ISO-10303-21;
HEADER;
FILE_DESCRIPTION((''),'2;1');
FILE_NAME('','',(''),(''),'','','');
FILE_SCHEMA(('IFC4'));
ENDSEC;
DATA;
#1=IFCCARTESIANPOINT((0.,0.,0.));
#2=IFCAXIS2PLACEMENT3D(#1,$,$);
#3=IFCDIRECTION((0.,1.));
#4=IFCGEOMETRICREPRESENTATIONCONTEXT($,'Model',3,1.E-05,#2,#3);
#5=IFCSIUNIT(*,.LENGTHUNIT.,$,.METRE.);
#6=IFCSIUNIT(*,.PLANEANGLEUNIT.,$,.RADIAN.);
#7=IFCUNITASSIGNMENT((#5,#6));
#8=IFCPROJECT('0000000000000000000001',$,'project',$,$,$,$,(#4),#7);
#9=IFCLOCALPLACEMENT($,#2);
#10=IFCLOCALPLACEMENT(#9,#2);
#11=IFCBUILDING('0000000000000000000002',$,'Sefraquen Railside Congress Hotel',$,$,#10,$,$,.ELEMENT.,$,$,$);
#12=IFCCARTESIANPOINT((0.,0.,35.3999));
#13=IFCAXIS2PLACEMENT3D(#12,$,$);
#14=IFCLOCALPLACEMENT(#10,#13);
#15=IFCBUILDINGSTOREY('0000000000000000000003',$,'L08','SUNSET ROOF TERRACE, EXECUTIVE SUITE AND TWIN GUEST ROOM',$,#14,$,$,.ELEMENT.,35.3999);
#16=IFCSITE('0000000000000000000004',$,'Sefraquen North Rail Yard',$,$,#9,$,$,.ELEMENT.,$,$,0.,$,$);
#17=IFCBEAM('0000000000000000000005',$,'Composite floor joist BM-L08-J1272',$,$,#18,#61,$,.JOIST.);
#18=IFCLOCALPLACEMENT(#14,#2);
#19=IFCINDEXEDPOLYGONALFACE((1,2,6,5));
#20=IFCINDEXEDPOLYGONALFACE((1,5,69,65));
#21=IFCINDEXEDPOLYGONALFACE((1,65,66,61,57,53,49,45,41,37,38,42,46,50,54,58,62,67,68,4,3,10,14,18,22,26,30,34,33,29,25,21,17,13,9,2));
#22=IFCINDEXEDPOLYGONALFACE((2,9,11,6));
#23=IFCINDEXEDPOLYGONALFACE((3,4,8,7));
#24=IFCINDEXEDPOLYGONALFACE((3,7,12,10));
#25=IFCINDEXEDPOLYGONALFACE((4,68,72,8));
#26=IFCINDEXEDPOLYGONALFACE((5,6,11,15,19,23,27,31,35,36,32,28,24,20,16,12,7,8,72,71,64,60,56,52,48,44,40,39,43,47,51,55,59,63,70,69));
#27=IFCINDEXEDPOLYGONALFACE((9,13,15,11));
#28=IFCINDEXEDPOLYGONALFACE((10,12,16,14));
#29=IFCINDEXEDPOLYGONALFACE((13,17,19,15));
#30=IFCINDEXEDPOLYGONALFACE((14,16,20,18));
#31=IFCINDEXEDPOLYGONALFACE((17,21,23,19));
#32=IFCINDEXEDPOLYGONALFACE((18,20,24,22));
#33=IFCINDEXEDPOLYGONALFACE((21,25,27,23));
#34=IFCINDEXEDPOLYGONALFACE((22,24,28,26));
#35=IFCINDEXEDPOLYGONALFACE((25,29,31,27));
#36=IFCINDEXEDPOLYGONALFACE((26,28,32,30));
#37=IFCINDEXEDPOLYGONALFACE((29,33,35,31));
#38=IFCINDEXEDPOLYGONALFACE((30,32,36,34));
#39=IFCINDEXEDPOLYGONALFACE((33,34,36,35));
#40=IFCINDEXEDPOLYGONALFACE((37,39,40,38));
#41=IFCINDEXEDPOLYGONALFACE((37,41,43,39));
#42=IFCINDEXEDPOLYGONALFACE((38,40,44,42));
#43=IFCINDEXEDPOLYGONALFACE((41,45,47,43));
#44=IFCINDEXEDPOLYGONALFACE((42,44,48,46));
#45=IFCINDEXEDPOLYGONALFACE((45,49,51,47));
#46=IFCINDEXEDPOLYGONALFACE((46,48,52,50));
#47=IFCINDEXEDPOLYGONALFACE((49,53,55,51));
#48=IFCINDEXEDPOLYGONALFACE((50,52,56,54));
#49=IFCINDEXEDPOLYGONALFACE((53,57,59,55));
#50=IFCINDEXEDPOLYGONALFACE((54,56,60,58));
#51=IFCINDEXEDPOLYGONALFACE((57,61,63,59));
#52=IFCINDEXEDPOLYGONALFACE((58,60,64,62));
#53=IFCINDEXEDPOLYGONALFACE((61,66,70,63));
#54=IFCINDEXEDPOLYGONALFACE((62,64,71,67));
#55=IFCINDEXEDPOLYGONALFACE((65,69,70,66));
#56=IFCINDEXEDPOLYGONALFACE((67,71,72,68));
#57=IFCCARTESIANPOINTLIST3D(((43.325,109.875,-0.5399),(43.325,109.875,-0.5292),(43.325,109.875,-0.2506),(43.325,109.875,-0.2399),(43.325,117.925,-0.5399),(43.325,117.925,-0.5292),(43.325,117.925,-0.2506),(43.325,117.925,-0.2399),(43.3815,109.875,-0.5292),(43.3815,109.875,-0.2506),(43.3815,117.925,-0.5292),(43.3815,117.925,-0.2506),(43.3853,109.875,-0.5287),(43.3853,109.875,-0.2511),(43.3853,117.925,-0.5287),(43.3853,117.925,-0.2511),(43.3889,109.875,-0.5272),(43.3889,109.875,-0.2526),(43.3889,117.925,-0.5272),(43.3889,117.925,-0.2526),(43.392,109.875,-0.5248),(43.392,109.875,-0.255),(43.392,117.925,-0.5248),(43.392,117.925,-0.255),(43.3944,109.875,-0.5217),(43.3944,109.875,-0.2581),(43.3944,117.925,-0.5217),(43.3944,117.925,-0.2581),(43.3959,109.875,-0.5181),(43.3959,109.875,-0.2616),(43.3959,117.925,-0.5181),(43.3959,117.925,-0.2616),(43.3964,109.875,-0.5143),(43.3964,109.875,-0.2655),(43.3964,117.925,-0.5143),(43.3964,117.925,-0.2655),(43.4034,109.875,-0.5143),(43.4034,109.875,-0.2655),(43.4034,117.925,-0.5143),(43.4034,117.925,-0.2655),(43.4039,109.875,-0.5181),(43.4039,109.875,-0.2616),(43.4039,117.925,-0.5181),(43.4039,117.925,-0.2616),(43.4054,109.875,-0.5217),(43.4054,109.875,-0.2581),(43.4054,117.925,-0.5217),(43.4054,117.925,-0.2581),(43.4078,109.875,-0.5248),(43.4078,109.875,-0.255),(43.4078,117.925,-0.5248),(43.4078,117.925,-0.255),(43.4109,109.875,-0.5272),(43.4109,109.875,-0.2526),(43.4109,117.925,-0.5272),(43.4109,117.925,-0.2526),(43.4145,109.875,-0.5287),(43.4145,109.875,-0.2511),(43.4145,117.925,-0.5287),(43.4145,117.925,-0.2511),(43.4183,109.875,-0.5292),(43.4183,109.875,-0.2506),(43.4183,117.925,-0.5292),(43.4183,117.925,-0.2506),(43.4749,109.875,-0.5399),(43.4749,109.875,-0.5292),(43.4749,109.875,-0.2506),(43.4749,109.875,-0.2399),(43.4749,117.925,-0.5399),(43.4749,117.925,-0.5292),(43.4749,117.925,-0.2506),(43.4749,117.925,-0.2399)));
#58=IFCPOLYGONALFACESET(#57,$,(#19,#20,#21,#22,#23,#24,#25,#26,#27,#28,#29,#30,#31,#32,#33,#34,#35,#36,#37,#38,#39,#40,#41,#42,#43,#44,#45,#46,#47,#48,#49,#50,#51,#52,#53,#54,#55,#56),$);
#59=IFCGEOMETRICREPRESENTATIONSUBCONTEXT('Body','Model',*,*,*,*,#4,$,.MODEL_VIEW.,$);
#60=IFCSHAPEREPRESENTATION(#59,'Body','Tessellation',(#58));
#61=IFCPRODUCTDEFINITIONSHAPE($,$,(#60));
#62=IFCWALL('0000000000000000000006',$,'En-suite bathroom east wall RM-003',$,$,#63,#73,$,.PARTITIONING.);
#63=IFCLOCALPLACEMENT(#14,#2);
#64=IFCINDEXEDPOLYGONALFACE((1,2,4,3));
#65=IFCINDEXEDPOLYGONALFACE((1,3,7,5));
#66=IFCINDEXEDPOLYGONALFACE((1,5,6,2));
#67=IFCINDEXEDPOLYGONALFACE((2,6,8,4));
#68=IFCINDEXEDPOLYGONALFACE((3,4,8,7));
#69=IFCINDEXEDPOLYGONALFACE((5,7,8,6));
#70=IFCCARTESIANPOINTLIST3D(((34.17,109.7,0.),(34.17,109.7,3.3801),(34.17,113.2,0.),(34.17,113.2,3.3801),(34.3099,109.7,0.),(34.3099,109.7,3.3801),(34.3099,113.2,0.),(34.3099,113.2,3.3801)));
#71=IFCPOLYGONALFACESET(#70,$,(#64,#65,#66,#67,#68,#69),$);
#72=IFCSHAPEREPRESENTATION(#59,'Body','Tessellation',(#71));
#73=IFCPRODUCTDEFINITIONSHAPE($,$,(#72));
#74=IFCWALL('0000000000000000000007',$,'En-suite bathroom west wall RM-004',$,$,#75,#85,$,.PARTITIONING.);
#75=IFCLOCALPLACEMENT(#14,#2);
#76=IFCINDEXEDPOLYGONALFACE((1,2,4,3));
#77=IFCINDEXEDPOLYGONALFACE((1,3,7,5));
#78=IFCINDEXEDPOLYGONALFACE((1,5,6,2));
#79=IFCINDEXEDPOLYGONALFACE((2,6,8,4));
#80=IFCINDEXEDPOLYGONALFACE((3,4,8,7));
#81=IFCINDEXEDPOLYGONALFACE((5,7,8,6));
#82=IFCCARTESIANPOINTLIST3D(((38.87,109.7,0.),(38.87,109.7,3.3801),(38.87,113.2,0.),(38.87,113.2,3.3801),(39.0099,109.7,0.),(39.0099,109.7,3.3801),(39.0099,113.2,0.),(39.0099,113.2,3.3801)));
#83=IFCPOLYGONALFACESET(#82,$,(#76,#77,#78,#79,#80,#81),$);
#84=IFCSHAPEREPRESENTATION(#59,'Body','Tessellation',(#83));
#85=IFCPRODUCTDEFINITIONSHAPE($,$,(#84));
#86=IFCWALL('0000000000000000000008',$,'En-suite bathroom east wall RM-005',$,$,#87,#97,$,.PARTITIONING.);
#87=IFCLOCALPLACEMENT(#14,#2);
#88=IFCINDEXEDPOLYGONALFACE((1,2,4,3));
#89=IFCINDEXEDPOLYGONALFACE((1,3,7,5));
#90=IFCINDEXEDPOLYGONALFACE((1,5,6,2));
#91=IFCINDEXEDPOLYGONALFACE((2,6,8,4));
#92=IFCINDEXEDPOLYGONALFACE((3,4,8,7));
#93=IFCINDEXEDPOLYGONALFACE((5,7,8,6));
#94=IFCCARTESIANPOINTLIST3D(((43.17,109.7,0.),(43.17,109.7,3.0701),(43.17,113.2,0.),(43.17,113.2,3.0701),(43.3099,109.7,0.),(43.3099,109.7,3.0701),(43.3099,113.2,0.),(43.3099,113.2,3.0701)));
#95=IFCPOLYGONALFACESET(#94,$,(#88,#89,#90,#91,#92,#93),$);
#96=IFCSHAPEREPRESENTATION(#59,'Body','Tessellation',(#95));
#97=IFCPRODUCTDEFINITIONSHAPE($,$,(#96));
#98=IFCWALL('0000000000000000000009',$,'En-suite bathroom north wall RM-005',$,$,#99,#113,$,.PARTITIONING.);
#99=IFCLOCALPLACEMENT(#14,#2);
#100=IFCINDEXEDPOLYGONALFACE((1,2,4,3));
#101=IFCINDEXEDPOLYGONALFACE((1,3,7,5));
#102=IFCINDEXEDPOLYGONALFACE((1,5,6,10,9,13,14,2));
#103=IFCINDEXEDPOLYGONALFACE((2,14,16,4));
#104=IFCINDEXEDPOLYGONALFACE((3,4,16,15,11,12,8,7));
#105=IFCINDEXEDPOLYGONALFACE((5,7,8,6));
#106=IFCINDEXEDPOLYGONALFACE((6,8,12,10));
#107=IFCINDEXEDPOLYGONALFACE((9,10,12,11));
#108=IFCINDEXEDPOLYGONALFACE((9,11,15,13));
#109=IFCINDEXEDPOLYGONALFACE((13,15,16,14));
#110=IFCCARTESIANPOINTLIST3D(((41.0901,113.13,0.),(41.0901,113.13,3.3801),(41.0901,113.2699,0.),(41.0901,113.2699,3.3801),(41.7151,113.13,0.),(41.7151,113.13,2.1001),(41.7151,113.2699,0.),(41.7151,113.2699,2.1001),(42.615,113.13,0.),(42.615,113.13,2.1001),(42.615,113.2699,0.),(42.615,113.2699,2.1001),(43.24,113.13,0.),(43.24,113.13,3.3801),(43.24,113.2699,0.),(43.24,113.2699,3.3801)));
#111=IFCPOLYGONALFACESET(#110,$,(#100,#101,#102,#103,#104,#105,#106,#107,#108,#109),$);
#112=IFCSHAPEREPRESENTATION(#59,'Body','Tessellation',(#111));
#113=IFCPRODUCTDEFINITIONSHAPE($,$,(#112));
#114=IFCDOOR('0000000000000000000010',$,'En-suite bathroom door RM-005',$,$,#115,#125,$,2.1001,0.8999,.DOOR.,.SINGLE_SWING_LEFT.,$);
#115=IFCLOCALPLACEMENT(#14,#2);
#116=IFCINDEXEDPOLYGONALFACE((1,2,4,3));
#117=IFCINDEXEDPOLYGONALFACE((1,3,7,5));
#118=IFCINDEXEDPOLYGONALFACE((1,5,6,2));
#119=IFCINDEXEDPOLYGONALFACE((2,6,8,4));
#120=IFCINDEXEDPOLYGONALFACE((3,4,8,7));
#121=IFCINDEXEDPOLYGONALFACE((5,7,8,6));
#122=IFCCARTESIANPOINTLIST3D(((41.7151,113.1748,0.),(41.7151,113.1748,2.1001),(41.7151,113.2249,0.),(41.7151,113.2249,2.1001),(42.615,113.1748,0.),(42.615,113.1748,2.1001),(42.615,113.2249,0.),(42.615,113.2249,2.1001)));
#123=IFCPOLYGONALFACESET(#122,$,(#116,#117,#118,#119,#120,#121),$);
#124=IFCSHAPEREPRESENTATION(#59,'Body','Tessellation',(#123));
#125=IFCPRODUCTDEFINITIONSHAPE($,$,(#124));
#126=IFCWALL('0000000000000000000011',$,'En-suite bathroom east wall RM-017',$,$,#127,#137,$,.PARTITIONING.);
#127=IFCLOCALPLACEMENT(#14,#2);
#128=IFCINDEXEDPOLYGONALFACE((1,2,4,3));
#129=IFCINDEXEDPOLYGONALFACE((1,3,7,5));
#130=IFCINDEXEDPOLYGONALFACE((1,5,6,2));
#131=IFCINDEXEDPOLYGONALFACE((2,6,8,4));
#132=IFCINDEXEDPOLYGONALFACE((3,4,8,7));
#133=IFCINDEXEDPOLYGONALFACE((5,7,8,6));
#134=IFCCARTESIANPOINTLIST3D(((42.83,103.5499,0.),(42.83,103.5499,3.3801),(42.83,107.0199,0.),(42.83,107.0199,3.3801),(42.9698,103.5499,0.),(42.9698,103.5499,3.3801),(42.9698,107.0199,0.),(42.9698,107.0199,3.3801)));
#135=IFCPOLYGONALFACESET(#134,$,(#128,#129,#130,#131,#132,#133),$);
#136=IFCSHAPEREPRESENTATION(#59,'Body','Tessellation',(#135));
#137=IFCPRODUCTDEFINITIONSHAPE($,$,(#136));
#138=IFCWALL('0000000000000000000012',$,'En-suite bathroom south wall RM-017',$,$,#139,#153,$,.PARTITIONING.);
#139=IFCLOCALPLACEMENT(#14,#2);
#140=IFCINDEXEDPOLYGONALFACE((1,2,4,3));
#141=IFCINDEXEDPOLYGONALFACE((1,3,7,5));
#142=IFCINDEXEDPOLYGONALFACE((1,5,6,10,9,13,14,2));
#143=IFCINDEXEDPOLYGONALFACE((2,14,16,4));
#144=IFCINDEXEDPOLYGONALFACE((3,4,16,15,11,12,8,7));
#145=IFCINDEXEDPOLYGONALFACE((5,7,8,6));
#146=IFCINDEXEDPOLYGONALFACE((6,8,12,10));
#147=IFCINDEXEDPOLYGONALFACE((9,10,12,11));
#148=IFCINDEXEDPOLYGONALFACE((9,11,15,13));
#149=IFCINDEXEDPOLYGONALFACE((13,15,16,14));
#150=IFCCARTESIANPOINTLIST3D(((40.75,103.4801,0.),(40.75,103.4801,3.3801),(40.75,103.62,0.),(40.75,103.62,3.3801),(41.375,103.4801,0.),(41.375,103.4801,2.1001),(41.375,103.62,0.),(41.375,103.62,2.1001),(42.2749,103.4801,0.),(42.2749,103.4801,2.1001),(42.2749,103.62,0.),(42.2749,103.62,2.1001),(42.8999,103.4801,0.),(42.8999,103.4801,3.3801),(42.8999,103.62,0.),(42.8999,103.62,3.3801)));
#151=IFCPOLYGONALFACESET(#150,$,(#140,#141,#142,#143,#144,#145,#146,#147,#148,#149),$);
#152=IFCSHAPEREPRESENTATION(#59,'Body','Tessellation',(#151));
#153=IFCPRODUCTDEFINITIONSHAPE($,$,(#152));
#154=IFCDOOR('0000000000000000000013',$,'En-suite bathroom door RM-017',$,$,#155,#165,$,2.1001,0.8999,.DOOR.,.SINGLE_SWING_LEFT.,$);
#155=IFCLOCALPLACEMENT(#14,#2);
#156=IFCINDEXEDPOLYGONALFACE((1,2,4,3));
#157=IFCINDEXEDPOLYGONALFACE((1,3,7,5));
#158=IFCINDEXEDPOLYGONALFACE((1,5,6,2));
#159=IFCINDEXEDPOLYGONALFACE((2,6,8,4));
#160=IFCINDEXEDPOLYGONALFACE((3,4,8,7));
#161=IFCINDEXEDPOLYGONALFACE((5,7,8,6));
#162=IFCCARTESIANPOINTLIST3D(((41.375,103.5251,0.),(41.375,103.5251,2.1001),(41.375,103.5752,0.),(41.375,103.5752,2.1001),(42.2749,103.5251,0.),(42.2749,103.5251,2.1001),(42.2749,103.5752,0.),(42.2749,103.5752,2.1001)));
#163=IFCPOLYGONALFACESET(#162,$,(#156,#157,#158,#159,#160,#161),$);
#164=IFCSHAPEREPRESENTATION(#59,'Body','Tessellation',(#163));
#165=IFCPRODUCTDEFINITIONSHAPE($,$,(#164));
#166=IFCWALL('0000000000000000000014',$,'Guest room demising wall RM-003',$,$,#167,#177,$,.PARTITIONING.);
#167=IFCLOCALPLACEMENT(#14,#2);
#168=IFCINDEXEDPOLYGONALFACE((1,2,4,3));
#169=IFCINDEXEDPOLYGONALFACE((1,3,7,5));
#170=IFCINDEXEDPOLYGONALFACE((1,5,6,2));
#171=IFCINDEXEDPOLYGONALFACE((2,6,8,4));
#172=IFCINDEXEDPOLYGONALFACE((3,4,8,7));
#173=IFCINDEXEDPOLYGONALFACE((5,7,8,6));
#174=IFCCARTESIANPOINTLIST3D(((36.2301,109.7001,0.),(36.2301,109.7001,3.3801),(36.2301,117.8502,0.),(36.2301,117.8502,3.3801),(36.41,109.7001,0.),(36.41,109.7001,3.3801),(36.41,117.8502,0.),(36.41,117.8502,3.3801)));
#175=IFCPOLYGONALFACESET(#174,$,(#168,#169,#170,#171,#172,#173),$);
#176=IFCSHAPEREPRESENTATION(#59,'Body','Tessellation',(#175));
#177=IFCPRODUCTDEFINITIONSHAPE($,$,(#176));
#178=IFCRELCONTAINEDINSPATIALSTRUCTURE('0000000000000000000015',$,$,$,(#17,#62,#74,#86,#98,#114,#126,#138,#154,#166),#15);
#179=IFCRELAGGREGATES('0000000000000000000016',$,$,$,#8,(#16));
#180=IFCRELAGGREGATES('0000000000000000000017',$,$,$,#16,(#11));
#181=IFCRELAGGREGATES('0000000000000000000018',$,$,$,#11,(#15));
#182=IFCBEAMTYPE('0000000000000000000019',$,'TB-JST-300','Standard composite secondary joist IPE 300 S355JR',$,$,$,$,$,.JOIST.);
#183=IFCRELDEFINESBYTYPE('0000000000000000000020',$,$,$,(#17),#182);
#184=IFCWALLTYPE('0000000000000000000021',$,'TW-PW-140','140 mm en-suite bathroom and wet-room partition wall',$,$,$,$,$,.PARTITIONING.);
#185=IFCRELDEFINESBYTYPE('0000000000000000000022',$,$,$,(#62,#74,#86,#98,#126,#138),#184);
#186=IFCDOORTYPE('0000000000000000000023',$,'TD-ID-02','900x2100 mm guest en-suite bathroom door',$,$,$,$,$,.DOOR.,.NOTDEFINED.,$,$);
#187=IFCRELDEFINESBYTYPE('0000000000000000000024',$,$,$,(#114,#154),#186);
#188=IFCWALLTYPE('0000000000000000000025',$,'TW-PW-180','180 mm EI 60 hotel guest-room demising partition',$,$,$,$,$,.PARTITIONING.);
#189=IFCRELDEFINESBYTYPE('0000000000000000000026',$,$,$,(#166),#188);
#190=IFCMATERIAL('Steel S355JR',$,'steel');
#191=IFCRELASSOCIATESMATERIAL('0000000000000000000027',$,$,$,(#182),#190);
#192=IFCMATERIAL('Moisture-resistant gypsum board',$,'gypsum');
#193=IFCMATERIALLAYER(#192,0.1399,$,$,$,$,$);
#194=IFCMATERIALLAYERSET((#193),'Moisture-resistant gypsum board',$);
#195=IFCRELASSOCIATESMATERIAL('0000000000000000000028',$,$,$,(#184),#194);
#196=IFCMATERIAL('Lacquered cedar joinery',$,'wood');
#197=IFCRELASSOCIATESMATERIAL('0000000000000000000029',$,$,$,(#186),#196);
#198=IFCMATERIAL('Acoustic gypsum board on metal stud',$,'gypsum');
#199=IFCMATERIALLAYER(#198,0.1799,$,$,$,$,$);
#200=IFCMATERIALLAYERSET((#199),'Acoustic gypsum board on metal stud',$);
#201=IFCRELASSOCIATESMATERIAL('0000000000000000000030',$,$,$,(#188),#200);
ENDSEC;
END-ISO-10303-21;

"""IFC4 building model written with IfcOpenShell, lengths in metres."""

from ifc_helpers import new_model, si_unit, direction, frame, frame_2d, origin, origin_2d, place, context, subcontext, project, spatial, rectangle, i_section, extrude, material, layer, layer_set, material_profile, profile_set, type_object, element, fill, save


model = new_model("IFC4")

# Units and contexts
model_context = context("Model", 3, precision=1e-05, world=origin(), true_north=direction((0.0, 1.0)))
body_context = subcontext(model_context, "Body", "Model", "MODEL_VIEW")
ifc_project = project(units=[si_unit("LENGTHUNIT", "METRE"), si_unit("PLANEANGLEUNIT", "RADIAN")], contexts=[model_context])

# Site, building, storey
site_placement = place(None, origin())
site = spatial("IfcSite", under=ifc_project, at=site_placement, Name="Sefraquen North Rail Yard", CompositionType="ELEMENT", RefElevation=0.0)
building_placement = place(site_placement, origin())
building = spatial("IfcBuilding", under=site, at=building_placement, Name="Sefraquen Railside Congress Hotel", CompositionType="ELEMENT")
storey_placement = place(building_placement, frame((0.0, 0.0, 35.3999)))
storey = spatial("IfcBuildingStorey", under=building, at=storey_placement, Name="L08", Description="SUNSET ROOF TERRACE, EXECUTIVE SUITE AND TWIN GUEST ROOM", CompositionType="ELEMENT", Elevation=35.3999)

# Shared definitions
ifc_material_1 = material(Name="Steel S355JR", Category="steel")

# Beam
ifc_material_profile_1 = material_profile(ifc_material_1, i_section(OverallWidth=0.1499, OverallDepth=0.3, WebThickness=0.0071, FlangeThickness=0.0107, FilletRadius=0.0149, at=origin_2d()), Name="IPE 300")
ifc_profile_set_1 = profile_set([ifc_material_profile_1], Name="Steel S355JR")
beam_type_1 = type_object("IfcBeamType", Name="TB-JST-300", Description="Standard composite secondary joist IPE 300 S355JR", PredefinedType="JOIST", material=ifc_profile_set_1)
for number, where, z_axis, x_axis, name in (
    (1, (43.3999, 109.875, -0.3899), (0.0, 1.0, 0.0), (-1.0, 0.0, 0.0), "Composite floor joist BM-L08-J1272"),
):
    element("IfcBeam", number, at=place(storey_placement, frame(where, z_axis=z_axis, x_axis=x_axis)), inside=storey, type_object=beam_type_1, Name=name, PredefinedType="JOIST", context=body_context, shape_type="SweptSolid", body=[
        extrude(i_section(OverallWidth=0.1499, OverallDepth=0.3, WebThickness=0.0071, FlangeThickness=0.0107, FilletRadius=0.0149, at=origin_2d()), origin(), (0.0, 0.0, 1.0), 8.05),
    ])

# Walls
ifc_material_2 = material(Name="Moisture-resistant gypsum board", Category="gypsum")
ifc_layer_1 = layer(ifc_material_2, 0.1399)
ifc_layer_set_1 = layer_set([ifc_layer_1], Name="Moisture-resistant gypsum board")
wall_type_1 = type_object("IfcWallType", Name="TW-PW-140", Description="140 mm en-suite bathroom and wet-room partition wall", PredefinedType="PARTITIONING", material=ifc_layer_set_1)
for number, where, z_axis, x_axis, name in (
    (2, (34.24, 109.7, 0.0), (0.0, 0.0, 1.0), (0.0, 1.0, 0.0), "En-suite bathroom east wall RM-003"),
    (3, (38.9399, 109.7, 0.0), (0.0, 0.0, 1.0), (0.0, 1.0, 0.0), "En-suite bathroom west wall RM-004"),
):
    element("IfcWall", number, at=place(storey_placement, frame(where, z_axis=z_axis, x_axis=x_axis)), inside=storey, type_object=wall_type_1, Name=name, PredefinedType="PARTITIONING", context=body_context, shape_type="SweptSolid", body=[
        extrude(rectangle(XDim=3.5, YDim=0.1399, at=frame_2d((1.75, 0.0))), origin(), (0.0, 0.0, 1.0), 3.3801),
    ])

# Shared definitions
ifc_material_3 = material(Name="Lacquered cedar joinery", Category="wood")

# Wall
wall_1_placement = place(storey_placement, frame((43.24, 109.7, 0.0), z_axis=(0.0, 0.0, 1.0), x_axis=(0.0, 1.0, 0.0)))
element("IfcWall", 4, at=wall_1_placement, inside=storey, type_object=wall_type_1, Name="En-suite bathroom east wall RM-005", PredefinedType="PARTITIONING", context=body_context, shape_type="SweptSolid", body=[
    extrude(rectangle(XDim=3.5, YDim=0.1399, at=frame_2d((1.75, 0.0))), origin(), (0.0, 0.0, 1.0), 3.0701),
])

# Wall, opening, door
wall_2_placement = place(storey_placement, frame((41.0901, 113.2, 0.0), z_axis=(0.0, 0.0, 1.0), x_axis=(1.0, 0.0, 0.0)))
wall_2 = element("IfcWall", 5, at=wall_2_placement, inside=storey, type_object=wall_type_1, Name="En-suite bathroom north wall RM-005", PredefinedType="PARTITIONING", context=body_context, shape_type="SweptSolid", body=[
    extrude(rectangle(XDim=2.1499, YDim=0.1399, at=frame_2d((1.075, 0.0))), origin(), (0.0, 0.0, 1.0), 3.3801),
])
opening_1_placement = place(wall_2_placement, frame((0.625, 0.0, 0.0)))
opening_1 = element("IfcOpeningElement", 6, at=opening_1_placement, cuts=wall_2, PredefinedType="OPENING", context=body_context, shape_type="SweptSolid", body=[
    extrude(rectangle(XDim=0.8999, YDim=2.1001, at=frame_2d((0.45, 1.05))), frame((0.0, 0.0798, 0.0), z_axis=(0.0, -1.0, 0.0), x_axis=(1.0, 0.0, 0.0)), (0.0, 0.0, 1.0), 0.1599),
])
door_type_1 = type_object("IfcDoorType", Name="TD-ID-02", Description="900x2100 mm guest en-suite bathroom door", OperationType="NOTDEFINED", PredefinedType="DOOR", material=ifc_material_3)
door_1_placement = place(opening_1_placement, origin())
door_1 = element("IfcDoor", 7, at=door_1_placement, inside=storey, type_object=door_type_1, Name="En-suite bathroom door RM-005", OperationType="SINGLE_SWING_LEFT", OverallHeight=2.1001, OverallWidth=0.8999, PredefinedType="DOOR", context=body_context, shape_type="SweptSolid", body=[
    extrude(rectangle(XDim=0.8999, YDim=2.1001, at=frame_2d((0.45, 1.05))), frame((0.0, 0.0249, 0.0), z_axis=(0.0, -1.0, 0.0), x_axis=(1.0, 0.0, 0.0)), (0.0, 0.0, 1.0), 0.05),
])
fill(opening_1, door_1)

# Wall
wall_3_placement = place(storey_placement, frame((42.8999, 103.55, 0.0), z_axis=(0.0, 0.0, 1.0), x_axis=(0.0, 1.0, 0.0)))
element("IfcWall", 8, at=wall_3_placement, inside=storey, type_object=wall_type_1, Name="En-suite bathroom east wall RM-017", PredefinedType="PARTITIONING", context=body_context, shape_type="SweptSolid", body=[
    extrude(rectangle(XDim=3.47, YDim=0.1399, at=frame_2d((1.7349, 0.0))), origin(), (0.0, 0.0, 1.0), 3.3801),
])

# Wall, opening, door
wall_4_placement = place(storey_placement, frame((40.75, 103.55, 0.0), z_axis=(0.0, 0.0, 1.0), x_axis=(1.0, 0.0, 0.0)))
wall_4 = element("IfcWall", 9, at=wall_4_placement, inside=storey, type_object=wall_type_1, Name="En-suite bathroom south wall RM-017", PredefinedType="PARTITIONING", context=body_context, shape_type="SweptSolid", body=[
    extrude(rectangle(XDim=2.1499, YDim=0.1399, at=frame_2d((1.075, 0.0))), origin(), (0.0, 0.0, 1.0), 3.3801),
])
opening_2_placement = place(wall_4_placement, frame((0.625, 0.0, 0.0)))
opening_2 = element("IfcOpeningElement", 10, at=opening_2_placement, cuts=wall_4, PredefinedType="OPENING", context=body_context, shape_type="SweptSolid", body=[
    extrude(rectangle(XDim=0.8999, YDim=2.1001, at=frame_2d((0.45, 1.05))), frame((0.0, 0.0798, 0.0), z_axis=(0.0, -1.0, 0.0), x_axis=(1.0, 0.0, 0.0)), (0.0, 0.0, 1.0), 0.1599),
])
door_2_placement = place(opening_2_placement, frame((0.8999, 0.0, 0.0), z_axis=(0.0, 0.0, 1.0), x_axis=(-1.0, 0.0, 0.0)))
door_2 = element("IfcDoor", 11, at=door_2_placement, inside=storey, type_object=door_type_1, Name="En-suite bathroom door RM-017", OperationType="SINGLE_SWING_LEFT", OverallHeight=2.1001, OverallWidth=0.8999, PredefinedType="DOOR", context=body_context, shape_type="SweptSolid", body=[
    extrude(rectangle(XDim=0.8999, YDim=2.1001, at=frame_2d((0.45, 1.05))), frame((0.0, 0.0249, 0.0), z_axis=(0.0, -1.0, 0.0), x_axis=(1.0, 0.0, 0.0)), (0.0, 0.0, 1.0), 0.05),
])
fill(opening_2, door_2)

# Wall
ifc_material_4 = material(Name="Acoustic gypsum board on metal stud", Category="gypsum")
ifc_layer_2 = layer(ifc_material_4, 0.1799)
ifc_layer_set_2 = layer_set([ifc_layer_2], Name="Acoustic gypsum board on metal stud")
wall_type_2 = type_object("IfcWallType", Name="TW-PW-180", Description="180 mm EI 60 hotel guest-room demising partition", PredefinedType="PARTITIONING", material=ifc_layer_set_2)
for number, where, z_axis, x_axis, name in (
    (12, (36.3201, 109.7, 0.0), (0.0, 0.0, 1.0), (0.0, 1.0, 0.0), "Guest room demising wall RM-003"),
):
    element("IfcWall", number, at=place(storey_placement, frame(where, z_axis=z_axis, x_axis=x_axis)), inside=storey, type_object=wall_type_2, Name=name, PredefinedType="PARTITIONING", context=body_context, shape_type="SweptSolid", body=[
        extrude(rectangle(XDim=8.1501, YDim=0.1799, at=frame_2d((4.0752, 0.0))), origin(), (0.0, 0.0, 1.0), 3.3801),
    ])

save(model, "model.ifc")
